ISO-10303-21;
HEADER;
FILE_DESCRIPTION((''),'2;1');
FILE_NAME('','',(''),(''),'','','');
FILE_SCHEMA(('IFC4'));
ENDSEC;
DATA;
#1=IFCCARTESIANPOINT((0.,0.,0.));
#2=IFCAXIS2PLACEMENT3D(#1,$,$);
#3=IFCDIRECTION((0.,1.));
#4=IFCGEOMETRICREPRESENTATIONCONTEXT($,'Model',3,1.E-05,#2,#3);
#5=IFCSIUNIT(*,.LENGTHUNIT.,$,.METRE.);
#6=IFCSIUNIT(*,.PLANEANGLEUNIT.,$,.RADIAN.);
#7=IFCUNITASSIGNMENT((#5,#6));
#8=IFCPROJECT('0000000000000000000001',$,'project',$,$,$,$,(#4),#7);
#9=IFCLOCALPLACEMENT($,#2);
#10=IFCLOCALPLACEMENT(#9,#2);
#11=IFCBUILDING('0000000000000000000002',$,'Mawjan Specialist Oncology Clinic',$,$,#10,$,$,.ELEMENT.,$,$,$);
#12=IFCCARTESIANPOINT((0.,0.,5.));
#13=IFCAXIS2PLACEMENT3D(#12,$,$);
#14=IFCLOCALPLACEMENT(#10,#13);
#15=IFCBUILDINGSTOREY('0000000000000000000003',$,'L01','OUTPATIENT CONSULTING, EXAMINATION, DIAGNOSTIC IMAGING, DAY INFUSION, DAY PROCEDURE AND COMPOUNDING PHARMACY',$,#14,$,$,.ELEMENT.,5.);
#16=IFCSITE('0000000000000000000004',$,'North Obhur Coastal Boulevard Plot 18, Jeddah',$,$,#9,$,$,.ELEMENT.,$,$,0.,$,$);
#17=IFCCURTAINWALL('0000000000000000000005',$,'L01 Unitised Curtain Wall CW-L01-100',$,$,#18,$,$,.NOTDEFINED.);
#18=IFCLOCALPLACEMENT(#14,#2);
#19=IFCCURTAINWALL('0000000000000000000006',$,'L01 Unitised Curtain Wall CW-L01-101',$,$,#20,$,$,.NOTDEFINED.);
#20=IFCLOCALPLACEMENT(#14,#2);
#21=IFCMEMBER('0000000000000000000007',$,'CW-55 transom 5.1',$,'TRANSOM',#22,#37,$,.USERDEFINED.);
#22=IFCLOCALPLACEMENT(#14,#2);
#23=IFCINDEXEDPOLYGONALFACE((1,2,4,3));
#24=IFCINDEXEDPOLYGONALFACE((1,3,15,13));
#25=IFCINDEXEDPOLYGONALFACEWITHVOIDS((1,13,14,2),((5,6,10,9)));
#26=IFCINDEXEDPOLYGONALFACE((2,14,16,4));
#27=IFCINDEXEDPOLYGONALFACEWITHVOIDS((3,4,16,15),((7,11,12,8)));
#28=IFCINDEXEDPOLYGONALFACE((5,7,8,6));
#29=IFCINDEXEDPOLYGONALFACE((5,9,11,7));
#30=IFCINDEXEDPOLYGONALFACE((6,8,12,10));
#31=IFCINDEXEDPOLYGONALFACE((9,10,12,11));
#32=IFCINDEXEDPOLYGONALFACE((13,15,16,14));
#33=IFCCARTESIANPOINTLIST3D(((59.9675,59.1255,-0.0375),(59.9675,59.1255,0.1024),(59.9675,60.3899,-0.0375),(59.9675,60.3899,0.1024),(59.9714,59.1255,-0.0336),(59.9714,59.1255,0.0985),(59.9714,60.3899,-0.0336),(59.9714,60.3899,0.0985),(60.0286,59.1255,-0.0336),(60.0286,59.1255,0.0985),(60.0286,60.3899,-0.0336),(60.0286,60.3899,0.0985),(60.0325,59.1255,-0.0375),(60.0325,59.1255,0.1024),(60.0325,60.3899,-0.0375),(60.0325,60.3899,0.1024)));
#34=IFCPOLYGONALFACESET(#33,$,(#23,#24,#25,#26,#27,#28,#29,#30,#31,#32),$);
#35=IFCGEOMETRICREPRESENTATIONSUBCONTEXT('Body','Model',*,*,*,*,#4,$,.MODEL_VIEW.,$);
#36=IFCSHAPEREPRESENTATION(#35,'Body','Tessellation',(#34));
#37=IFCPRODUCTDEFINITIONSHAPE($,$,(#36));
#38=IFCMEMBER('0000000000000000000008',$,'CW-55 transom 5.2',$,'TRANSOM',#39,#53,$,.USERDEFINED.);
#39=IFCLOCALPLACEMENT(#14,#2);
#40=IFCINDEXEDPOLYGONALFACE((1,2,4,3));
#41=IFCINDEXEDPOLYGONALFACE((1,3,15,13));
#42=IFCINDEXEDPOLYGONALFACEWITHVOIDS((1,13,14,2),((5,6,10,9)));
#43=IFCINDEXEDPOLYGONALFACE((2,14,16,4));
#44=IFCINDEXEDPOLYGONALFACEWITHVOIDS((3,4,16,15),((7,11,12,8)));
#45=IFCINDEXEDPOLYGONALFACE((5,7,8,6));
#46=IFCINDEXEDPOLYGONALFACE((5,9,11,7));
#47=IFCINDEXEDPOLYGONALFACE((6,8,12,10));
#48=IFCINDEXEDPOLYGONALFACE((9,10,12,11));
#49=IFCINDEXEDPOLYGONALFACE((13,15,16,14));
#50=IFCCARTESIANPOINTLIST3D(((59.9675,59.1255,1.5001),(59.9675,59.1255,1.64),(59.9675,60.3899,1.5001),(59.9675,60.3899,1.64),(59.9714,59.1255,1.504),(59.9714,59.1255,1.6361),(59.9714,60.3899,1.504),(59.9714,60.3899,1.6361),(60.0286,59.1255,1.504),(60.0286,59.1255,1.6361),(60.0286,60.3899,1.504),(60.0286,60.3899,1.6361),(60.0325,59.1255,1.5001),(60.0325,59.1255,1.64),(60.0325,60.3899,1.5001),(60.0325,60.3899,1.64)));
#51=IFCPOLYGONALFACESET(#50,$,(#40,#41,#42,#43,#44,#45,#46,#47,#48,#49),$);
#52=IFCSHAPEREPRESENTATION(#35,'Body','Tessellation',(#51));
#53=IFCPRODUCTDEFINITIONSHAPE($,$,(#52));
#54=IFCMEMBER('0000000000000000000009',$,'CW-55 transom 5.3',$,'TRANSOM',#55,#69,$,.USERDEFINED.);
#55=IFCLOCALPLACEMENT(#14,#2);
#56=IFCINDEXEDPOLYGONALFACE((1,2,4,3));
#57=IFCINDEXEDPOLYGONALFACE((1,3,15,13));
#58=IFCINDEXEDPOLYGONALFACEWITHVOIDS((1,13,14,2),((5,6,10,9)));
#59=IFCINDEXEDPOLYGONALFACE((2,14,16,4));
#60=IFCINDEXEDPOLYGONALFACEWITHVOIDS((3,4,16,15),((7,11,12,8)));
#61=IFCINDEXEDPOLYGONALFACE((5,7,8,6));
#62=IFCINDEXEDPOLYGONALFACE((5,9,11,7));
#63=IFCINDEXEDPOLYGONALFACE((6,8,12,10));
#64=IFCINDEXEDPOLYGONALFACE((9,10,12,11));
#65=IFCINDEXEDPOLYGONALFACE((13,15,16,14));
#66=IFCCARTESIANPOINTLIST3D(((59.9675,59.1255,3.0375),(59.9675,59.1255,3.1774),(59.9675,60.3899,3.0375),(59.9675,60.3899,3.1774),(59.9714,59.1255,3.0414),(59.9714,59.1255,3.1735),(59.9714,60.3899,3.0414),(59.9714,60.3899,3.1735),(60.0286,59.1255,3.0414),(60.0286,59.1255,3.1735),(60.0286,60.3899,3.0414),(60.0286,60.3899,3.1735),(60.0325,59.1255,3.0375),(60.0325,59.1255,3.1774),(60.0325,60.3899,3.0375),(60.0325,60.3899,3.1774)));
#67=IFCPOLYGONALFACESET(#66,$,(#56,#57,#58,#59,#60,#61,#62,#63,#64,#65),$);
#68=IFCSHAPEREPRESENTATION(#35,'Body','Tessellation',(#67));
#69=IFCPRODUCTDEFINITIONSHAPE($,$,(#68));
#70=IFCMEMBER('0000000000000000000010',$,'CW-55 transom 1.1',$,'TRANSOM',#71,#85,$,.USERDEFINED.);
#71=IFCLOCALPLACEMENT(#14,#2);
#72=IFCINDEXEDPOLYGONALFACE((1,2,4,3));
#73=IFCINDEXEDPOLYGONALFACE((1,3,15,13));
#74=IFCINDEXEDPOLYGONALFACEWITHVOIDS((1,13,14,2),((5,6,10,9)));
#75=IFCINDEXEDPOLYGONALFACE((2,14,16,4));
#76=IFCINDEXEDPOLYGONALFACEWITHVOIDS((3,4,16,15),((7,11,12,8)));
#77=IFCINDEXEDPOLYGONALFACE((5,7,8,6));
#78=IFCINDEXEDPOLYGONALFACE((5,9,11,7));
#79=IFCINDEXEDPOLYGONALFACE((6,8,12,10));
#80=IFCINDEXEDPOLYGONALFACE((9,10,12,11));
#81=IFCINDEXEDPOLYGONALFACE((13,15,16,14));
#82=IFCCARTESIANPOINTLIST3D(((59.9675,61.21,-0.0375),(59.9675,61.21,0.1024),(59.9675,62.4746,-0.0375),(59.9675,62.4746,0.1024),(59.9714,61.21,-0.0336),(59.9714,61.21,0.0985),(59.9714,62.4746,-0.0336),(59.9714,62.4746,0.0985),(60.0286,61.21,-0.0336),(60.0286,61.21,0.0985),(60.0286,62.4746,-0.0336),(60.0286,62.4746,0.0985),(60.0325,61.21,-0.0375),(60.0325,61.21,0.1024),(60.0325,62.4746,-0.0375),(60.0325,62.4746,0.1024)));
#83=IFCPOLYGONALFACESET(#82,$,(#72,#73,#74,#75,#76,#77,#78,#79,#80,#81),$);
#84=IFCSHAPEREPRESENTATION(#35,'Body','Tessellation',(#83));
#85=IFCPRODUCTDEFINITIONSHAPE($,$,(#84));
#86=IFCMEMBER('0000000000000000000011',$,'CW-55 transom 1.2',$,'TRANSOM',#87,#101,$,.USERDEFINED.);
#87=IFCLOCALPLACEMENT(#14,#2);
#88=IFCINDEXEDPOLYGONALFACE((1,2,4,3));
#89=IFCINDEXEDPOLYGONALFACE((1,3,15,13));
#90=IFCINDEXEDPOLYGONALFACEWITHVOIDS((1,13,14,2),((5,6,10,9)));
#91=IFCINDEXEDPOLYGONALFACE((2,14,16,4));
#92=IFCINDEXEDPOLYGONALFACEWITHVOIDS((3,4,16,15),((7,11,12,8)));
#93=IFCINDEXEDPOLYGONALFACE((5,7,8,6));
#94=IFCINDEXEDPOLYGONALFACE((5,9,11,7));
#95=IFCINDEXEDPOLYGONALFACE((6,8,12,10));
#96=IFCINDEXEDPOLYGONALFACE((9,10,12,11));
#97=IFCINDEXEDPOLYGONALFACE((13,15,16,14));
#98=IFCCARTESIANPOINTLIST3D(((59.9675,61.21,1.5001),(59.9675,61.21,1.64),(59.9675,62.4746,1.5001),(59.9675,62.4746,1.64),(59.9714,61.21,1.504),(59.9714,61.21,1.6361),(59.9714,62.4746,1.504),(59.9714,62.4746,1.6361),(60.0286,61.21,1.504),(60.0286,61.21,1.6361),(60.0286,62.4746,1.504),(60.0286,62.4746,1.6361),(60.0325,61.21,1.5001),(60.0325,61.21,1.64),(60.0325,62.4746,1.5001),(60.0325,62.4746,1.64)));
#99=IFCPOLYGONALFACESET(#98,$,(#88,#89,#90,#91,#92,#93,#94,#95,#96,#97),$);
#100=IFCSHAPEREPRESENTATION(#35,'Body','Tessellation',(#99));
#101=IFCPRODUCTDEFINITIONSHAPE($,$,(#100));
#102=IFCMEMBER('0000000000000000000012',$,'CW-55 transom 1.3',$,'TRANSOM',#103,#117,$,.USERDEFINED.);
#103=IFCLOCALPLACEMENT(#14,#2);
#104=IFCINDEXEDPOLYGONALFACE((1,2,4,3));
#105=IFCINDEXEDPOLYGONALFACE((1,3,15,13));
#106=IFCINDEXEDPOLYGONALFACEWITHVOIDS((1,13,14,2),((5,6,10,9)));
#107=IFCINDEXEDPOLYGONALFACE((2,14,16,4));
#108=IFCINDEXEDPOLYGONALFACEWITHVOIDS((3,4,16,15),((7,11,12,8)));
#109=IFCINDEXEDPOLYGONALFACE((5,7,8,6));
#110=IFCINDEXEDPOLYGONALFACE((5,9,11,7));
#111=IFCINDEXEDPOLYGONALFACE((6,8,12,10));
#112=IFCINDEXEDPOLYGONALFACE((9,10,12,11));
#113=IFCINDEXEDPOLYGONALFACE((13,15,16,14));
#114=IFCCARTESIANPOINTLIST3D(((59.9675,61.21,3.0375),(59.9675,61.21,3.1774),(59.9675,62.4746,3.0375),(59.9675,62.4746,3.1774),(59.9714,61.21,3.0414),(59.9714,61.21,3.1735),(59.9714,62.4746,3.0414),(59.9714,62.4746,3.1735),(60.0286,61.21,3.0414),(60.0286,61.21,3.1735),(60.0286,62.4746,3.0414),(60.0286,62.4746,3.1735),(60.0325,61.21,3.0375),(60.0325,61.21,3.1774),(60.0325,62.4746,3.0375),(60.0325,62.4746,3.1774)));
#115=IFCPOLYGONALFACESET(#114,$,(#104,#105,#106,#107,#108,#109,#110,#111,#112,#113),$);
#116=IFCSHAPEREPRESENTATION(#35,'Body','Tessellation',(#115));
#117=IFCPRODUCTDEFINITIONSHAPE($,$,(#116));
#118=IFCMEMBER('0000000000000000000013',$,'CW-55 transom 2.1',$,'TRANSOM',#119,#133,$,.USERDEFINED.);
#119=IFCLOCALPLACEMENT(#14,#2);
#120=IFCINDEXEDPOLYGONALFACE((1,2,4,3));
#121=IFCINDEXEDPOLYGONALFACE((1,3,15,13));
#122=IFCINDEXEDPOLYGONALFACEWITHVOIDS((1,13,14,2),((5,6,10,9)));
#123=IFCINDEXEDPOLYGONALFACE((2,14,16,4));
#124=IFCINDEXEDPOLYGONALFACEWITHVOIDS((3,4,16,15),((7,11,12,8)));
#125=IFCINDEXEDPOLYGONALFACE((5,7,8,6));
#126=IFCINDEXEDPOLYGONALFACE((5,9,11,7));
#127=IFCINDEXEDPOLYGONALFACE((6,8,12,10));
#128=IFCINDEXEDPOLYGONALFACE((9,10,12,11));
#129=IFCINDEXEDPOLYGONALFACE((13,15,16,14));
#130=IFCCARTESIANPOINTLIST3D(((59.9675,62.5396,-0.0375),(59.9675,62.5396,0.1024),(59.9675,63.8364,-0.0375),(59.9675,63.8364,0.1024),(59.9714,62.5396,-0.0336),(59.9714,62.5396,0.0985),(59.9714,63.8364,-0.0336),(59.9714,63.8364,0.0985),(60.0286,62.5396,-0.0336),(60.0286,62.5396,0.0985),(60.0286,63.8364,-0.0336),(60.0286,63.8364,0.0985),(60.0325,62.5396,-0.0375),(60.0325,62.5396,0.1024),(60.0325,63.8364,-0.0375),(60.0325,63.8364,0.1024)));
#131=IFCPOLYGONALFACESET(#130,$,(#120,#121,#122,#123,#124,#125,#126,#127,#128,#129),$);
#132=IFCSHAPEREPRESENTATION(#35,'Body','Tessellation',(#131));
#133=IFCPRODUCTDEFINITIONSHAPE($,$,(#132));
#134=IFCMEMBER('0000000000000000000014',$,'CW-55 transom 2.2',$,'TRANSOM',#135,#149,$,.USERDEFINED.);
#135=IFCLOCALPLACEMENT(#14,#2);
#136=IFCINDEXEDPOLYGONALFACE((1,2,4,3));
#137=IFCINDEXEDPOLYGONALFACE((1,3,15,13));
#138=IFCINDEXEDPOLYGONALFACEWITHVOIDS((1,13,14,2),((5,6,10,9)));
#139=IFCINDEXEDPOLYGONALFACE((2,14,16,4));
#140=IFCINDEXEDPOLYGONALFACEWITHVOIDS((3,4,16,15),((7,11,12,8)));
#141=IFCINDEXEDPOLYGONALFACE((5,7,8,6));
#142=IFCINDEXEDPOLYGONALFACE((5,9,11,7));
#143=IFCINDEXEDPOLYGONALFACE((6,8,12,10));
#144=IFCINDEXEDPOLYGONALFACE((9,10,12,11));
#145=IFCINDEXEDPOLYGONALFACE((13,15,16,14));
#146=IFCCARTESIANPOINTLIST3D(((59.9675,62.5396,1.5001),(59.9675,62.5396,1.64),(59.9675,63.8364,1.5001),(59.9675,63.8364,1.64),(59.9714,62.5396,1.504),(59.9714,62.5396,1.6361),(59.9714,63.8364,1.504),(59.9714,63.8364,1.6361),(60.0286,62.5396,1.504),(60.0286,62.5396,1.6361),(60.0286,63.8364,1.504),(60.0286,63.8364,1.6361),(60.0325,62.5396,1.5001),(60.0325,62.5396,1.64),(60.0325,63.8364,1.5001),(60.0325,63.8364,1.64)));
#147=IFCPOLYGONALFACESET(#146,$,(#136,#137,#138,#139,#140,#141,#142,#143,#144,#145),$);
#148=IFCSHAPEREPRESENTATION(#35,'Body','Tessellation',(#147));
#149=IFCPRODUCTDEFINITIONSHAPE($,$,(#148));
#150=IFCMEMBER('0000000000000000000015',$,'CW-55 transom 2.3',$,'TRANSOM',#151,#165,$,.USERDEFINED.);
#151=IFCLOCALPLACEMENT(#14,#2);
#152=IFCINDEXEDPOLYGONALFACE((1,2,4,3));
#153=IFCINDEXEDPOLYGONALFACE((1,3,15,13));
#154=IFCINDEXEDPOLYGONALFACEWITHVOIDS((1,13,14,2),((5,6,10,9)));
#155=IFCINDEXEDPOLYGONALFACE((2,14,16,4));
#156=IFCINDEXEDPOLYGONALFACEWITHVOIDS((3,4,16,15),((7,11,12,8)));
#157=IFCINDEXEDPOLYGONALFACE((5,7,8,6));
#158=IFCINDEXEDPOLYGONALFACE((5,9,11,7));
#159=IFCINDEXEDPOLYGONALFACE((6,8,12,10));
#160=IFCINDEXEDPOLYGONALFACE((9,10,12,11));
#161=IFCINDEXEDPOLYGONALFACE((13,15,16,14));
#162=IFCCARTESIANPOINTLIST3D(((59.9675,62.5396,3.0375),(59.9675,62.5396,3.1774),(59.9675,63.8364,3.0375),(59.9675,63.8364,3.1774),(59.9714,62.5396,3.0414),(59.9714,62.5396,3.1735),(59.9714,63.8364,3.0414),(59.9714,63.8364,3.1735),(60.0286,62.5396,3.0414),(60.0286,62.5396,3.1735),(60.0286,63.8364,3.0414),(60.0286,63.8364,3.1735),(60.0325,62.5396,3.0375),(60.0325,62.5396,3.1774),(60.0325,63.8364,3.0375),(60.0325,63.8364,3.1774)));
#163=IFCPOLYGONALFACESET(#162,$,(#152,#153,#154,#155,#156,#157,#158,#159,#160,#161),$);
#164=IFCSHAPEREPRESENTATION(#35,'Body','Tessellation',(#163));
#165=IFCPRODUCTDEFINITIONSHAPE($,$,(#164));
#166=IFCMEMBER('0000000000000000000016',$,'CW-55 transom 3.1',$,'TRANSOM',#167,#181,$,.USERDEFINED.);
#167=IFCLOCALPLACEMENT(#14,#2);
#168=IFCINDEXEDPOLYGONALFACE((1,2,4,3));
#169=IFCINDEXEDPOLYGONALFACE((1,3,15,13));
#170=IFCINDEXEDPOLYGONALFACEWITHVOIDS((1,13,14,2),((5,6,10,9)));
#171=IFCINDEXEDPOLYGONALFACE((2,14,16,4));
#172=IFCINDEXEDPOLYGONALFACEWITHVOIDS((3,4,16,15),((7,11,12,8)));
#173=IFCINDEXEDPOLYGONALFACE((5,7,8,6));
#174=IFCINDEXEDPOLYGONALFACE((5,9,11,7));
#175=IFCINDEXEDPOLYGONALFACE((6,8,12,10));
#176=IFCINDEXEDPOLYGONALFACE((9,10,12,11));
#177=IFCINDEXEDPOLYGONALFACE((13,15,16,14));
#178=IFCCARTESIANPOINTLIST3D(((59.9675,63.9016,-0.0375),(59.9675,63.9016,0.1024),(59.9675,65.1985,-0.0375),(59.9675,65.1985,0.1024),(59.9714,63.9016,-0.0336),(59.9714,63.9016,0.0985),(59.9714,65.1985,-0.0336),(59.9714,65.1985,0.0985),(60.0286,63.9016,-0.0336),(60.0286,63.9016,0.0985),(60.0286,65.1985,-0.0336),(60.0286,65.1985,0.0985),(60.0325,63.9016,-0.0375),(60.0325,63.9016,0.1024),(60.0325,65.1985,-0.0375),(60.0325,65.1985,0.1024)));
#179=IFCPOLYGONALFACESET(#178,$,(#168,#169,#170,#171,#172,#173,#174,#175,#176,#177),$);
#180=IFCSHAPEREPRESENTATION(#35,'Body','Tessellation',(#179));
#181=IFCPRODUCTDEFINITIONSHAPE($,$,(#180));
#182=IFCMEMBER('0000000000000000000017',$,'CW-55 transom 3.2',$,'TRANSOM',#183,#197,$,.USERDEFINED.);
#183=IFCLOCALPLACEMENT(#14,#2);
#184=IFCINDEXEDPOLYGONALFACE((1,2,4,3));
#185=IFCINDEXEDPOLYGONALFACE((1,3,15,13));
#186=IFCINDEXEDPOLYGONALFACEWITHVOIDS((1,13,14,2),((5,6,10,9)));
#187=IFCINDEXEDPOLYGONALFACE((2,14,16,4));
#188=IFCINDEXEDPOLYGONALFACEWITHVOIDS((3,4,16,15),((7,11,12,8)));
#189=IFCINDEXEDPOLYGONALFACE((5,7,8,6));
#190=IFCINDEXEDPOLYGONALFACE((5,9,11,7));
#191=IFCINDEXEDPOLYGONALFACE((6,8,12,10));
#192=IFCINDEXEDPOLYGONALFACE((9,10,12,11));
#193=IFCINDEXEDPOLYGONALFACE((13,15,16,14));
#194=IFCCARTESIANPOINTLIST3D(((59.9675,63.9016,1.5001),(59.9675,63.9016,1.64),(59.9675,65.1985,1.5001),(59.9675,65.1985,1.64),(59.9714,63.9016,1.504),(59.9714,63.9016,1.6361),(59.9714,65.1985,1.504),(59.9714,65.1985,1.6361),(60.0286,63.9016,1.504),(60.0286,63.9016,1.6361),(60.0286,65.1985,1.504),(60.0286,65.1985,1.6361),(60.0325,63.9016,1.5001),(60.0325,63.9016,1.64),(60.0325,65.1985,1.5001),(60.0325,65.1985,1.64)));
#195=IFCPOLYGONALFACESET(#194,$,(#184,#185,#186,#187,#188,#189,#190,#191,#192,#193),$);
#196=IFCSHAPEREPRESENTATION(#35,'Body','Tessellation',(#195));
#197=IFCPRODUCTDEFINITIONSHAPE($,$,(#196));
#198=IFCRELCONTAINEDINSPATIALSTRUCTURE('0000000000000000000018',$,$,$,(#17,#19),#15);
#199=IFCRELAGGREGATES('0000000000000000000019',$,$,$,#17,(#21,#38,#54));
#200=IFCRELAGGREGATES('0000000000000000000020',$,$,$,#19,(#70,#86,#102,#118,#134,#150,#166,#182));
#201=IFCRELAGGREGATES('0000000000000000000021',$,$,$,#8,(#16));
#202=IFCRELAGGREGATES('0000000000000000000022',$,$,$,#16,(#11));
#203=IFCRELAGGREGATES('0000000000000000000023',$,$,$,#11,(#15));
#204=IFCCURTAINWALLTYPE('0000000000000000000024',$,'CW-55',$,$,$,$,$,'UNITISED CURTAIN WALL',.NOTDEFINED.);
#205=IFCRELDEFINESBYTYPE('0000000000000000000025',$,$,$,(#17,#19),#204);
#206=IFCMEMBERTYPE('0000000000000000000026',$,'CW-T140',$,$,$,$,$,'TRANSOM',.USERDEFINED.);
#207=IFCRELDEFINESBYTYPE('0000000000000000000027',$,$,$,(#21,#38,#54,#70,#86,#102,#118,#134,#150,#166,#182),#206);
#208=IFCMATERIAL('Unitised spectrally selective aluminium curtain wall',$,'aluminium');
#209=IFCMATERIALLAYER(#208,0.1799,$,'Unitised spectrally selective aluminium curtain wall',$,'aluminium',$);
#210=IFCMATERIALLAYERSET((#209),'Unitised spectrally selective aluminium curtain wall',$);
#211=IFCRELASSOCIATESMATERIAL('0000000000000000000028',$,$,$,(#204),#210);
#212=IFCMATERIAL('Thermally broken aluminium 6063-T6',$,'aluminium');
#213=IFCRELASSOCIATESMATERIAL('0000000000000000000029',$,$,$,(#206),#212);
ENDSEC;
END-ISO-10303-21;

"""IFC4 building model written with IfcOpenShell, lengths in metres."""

from ifc_helpers import new_model, si_unit, direction, frame, origin, origin_2d, place, context, subcontext, project, spatial, hollow_rectangle, extrude, material, layer, layer_set, material_profile, profile_set, type_object, element, aggregate, save


model = new_model("IFC4")

# Units and contexts
model_context = context("Model", 3, precision=1e-05, world=origin(), true_north=direction((0.0, 1.0)))
body_context = subcontext(model_context, "Body", "Model", "MODEL_VIEW")
ifc_project = project(units=[si_unit("LENGTHUNIT", "METRE"), si_unit("PLANEANGLEUNIT", "RADIAN")], contexts=[model_context])

# Site, building, storey
site_placement = place(None, origin())
site = spatial("IfcSite", under=ifc_project, at=site_placement, Name="North Obhur Coastal Boulevard Plot 18, Jeddah", CompositionType="ELEMENT", RefElevation=0.0)
building_placement = place(site_placement, origin())
building = spatial("IfcBuilding", under=site, at=building_placement, Name="Mawjan Specialist Oncology Clinic", CompositionType="ELEMENT")
storey_placement = place(building_placement, frame((0.0, 0.0, 5.0)))
storey = spatial("IfcBuildingStorey", under=building, at=storey_placement, Name="L01", Description="OUTPATIENT CONSULTING, EXAMINATION, DIAGNOSTIC IMAGING, DAY INFUSION, DAY PROCEDURE AND COMPOUNDING PHARMACY", CompositionType="ELEMENT", Elevation=5.0)

# Curtain walls
ifc_material_1 = material(Name="Unitised spectrally selective aluminium curtain wall", Category="aluminium")
ifc_layer_1 = layer(ifc_material_1, 0.1799, Name="Unitised spectrally selective aluminium curtain wall", Category="aluminium")
ifc_layer_set_1 = layer_set([ifc_layer_1], Name="Unitised spectrally selective aluminium curtain wall")
curtain_wall_type = type_object("IfcCurtainWallType", Name="CW-55", ElementType="UNITISED CURTAIN WALL", PredefinedType="NOTDEFINED", material=ifc_layer_set_1)
curtain_wall_1_placement = place(storey_placement, origin())
curtain_wall_1 = element("IfcCurtainWall", 1, at=curtain_wall_1_placement, inside=storey, type_object=curtain_wall_type, Name="L01 Unitised Curtain Wall CW-L01-100", PredefinedType="NOTDEFINED")
curtain_wall_2_placement = place(storey_placement, origin())
curtain_wall_2 = element("IfcCurtainWall", 2, at=curtain_wall_2_placement, inside=storey, type_object=curtain_wall_type, Name="L01 Unitised Curtain Wall CW-L01-101", PredefinedType="NOTDEFINED")

# Members
ifc_material_2 = material(Name="Thermally broken aluminium 6063-T6", Category="aluminium")
ifc_material_profile_1 = material_profile(ifc_material_2, hollow_rectangle(XDim=0.0649, YDim=0.1399, WallThickness=0.0039, at=origin_2d()), Name="ALU TRANSOM 140x65x4", Category="aluminium")
ifc_profile_set_1 = profile_set([ifc_material_profile_1], Name="Thermally broken aluminium 6063-T6")
member_type_1 = type_object("IfcMemberType", Name="CW-T140", ElementType="TRANSOM", PredefinedType="USERDEFINED", material=ifc_profile_set_1)
member_1_placement = place(storey_placement, frame((60.0, 59.1255, 0.0325), z_axis=(0.0, 1.0, 0.0), x_axis=(-1.0, 0.0, 0.0)))
member_1 = element("IfcMember", 3, at=member_1_placement, type_object=member_type_1, Name="CW-55 transom 5.1", ObjectType="TRANSOM", PredefinedType="USERDEFINED", context=body_context, shape_type="SweptSolid", body=[
    extrude(hollow_rectangle(XDim=0.0649, YDim=0.1399, WallThickness=0.0039, at=origin_2d()), origin(), (0.0, 0.0, 1.0), 1.2644),
])
member_2_placement = place(storey_placement, frame((60.0, 59.1255, 1.5701), z_axis=(0.0, 1.0, 0.0), x_axis=(-1.0, 0.0, 0.0)))
member_2 = element("IfcMember", 4, at=member_2_placement, type_object=member_type_1, Name="CW-55 transom 5.2", ObjectType="TRANSOM", PredefinedType="USERDEFINED", context=body_context, shape_type="SweptSolid", body=[
    extrude(hollow_rectangle(XDim=0.0649, YDim=0.1399, WallThickness=0.0039, at=origin_2d()), origin(), (0.0, 0.0, 1.0), 1.2644),
])
member_3_placement = place(storey_placement, frame((60.0, 59.1255, 3.1074), z_axis=(0.0, 1.0, 0.0), x_axis=(-1.0, 0.0, 0.0)))
member_3 = element("IfcMember", 5, at=member_3_placement, type_object=member_type_1, Name="CW-55 transom 5.3", ObjectType="TRANSOM", PredefinedType="USERDEFINED", context=body_context, shape_type="SweptSolid", body=[
    extrude(hollow_rectangle(XDim=0.0649, YDim=0.1399, WallThickness=0.0039, at=origin_2d()), origin(), (0.0, 0.0, 1.0), 1.2644),
])
member_4_placement = place(storey_placement, frame((60.0, 61.21, 0.0325), z_axis=(0.0, 1.0, 0.0), x_axis=(-1.0, 0.0, 0.0)))
member_4 = element("IfcMember", 6, at=member_4_placement, type_object=member_type_1, Name="CW-55 transom 1.1", ObjectType="TRANSOM", PredefinedType="USERDEFINED", context=body_context, shape_type="SweptSolid", body=[
    extrude(hollow_rectangle(XDim=0.0649, YDim=0.1399, WallThickness=0.0039, at=origin_2d()), origin(), (0.0, 0.0, 1.0), 1.2646),
])
member_5_placement = place(storey_placement, frame((60.0, 61.21, 1.5701), z_axis=(0.0, 1.0, 0.0), x_axis=(-1.0, 0.0, 0.0)))
member_5 = element("IfcMember", 7, at=member_5_placement, type_object=member_type_1, Name="CW-55 transom 1.2", ObjectType="TRANSOM", PredefinedType="USERDEFINED", context=body_context, shape_type="SweptSolid", body=[
    extrude(hollow_rectangle(XDim=0.0649, YDim=0.1399, WallThickness=0.0039, at=origin_2d()), origin(), (0.0, 0.0, 1.0), 1.2646),
])
member_6_placement = place(storey_placement, frame((60.0, 61.21, 3.1074), z_axis=(0.0, 1.0, 0.0), x_axis=(-1.0, 0.0, 0.0)))
member_6 = element("IfcMember", 8, at=member_6_placement, type_object=member_type_1, Name="CW-55 transom 1.3", ObjectType="TRANSOM", PredefinedType="USERDEFINED", context=body_context, shape_type="SweptSolid", body=[
    extrude(hollow_rectangle(XDim=0.0649, YDim=0.1399, WallThickness=0.0039, at=origin_2d()), origin(), (0.0, 0.0, 1.0), 1.2646),
])
member_7_placement = place(storey_placement, frame((60.0, 62.5396, 0.0325), z_axis=(0.0, 1.0, 0.0), x_axis=(-1.0, 0.0, 0.0)))
member_7 = element("IfcMember", 9, at=member_7_placement, type_object=member_type_1, Name="CW-55 transom 2.1", ObjectType="TRANSOM", PredefinedType="USERDEFINED", context=body_context, shape_type="SweptSolid", body=[
    extrude(hollow_rectangle(XDim=0.0649, YDim=0.1399, WallThickness=0.0039, at=origin_2d()), origin(), (0.0, 0.0, 1.0), 1.2969),
])
member_8_placement = place(storey_placement, frame((60.0, 62.5396, 1.5701), z_axis=(0.0, 1.0, 0.0), x_axis=(-1.0, 0.0, 0.0)))
member_8 = element("IfcMember", 10, at=member_8_placement, type_object=member_type_1, Name="CW-55 transom 2.2", ObjectType="TRANSOM", PredefinedType="USERDEFINED", context=body_context, shape_type="SweptSolid", body=[
    extrude(hollow_rectangle(XDim=0.0649, YDim=0.1399, WallThickness=0.0039, at=origin_2d()), origin(), (0.0, 0.0, 1.0), 1.2969),
])
member_9_placement = place(storey_placement, frame((60.0, 62.5396, 3.1074), z_axis=(0.0, 1.0, 0.0), x_axis=(-1.0, 0.0, 0.0)))
member_9 = element("IfcMember", 11, at=member_9_placement, type_object=member_type_1, Name="CW-55 transom 2.3", ObjectType="TRANSOM", PredefinedType="USERDEFINED", context=body_context, shape_type="SweptSolid", body=[
    extrude(hollow_rectangle(XDim=0.0649, YDim=0.1399, WallThickness=0.0039, at=origin_2d()), origin(), (0.0, 0.0, 1.0), 1.2969),
])
member_10_placement = place(storey_placement, frame((60.0, 63.9016, 0.0325), z_axis=(0.0, 1.0, 0.0), x_axis=(-1.0, 0.0, 0.0)))
member_10 = element("IfcMember", 12, at=member_10_placement, type_object=member_type_1, Name="CW-55 transom 3.1", ObjectType="TRANSOM", PredefinedType="USERDEFINED", context=body_context, shape_type="SweptSolid", body=[
    extrude(hollow_rectangle(XDim=0.0649, YDim=0.1399, WallThickness=0.0039, at=origin_2d()), origin(), (0.0, 0.0, 1.0), 1.2969),
])
member_11_placement = place(storey_placement, frame((60.0, 63.9016, 1.5701), z_axis=(0.0, 1.0, 0.0), x_axis=(-1.0, 0.0, 0.0)))
member_11 = element("IfcMember", 13, at=member_11_placement, type_object=member_type_1, Name="CW-55 transom 3.2", ObjectType="TRANSOM", PredefinedType="USERDEFINED", context=body_context, shape_type="SweptSolid", body=[
    extrude(hollow_rectangle(XDim=0.0649, YDim=0.1399, WallThickness=0.0039, at=origin_2d()), origin(), (0.0, 0.0, 1.0), 1.2969),
])

aggregate(curtain_wall_1, [member_1, member_2, member_3])
aggregate(curtain_wall_2, [member_4, member_5, member_6, member_7, member_8, member_9, member_10, member_11])

save(model, "model.ifc")
